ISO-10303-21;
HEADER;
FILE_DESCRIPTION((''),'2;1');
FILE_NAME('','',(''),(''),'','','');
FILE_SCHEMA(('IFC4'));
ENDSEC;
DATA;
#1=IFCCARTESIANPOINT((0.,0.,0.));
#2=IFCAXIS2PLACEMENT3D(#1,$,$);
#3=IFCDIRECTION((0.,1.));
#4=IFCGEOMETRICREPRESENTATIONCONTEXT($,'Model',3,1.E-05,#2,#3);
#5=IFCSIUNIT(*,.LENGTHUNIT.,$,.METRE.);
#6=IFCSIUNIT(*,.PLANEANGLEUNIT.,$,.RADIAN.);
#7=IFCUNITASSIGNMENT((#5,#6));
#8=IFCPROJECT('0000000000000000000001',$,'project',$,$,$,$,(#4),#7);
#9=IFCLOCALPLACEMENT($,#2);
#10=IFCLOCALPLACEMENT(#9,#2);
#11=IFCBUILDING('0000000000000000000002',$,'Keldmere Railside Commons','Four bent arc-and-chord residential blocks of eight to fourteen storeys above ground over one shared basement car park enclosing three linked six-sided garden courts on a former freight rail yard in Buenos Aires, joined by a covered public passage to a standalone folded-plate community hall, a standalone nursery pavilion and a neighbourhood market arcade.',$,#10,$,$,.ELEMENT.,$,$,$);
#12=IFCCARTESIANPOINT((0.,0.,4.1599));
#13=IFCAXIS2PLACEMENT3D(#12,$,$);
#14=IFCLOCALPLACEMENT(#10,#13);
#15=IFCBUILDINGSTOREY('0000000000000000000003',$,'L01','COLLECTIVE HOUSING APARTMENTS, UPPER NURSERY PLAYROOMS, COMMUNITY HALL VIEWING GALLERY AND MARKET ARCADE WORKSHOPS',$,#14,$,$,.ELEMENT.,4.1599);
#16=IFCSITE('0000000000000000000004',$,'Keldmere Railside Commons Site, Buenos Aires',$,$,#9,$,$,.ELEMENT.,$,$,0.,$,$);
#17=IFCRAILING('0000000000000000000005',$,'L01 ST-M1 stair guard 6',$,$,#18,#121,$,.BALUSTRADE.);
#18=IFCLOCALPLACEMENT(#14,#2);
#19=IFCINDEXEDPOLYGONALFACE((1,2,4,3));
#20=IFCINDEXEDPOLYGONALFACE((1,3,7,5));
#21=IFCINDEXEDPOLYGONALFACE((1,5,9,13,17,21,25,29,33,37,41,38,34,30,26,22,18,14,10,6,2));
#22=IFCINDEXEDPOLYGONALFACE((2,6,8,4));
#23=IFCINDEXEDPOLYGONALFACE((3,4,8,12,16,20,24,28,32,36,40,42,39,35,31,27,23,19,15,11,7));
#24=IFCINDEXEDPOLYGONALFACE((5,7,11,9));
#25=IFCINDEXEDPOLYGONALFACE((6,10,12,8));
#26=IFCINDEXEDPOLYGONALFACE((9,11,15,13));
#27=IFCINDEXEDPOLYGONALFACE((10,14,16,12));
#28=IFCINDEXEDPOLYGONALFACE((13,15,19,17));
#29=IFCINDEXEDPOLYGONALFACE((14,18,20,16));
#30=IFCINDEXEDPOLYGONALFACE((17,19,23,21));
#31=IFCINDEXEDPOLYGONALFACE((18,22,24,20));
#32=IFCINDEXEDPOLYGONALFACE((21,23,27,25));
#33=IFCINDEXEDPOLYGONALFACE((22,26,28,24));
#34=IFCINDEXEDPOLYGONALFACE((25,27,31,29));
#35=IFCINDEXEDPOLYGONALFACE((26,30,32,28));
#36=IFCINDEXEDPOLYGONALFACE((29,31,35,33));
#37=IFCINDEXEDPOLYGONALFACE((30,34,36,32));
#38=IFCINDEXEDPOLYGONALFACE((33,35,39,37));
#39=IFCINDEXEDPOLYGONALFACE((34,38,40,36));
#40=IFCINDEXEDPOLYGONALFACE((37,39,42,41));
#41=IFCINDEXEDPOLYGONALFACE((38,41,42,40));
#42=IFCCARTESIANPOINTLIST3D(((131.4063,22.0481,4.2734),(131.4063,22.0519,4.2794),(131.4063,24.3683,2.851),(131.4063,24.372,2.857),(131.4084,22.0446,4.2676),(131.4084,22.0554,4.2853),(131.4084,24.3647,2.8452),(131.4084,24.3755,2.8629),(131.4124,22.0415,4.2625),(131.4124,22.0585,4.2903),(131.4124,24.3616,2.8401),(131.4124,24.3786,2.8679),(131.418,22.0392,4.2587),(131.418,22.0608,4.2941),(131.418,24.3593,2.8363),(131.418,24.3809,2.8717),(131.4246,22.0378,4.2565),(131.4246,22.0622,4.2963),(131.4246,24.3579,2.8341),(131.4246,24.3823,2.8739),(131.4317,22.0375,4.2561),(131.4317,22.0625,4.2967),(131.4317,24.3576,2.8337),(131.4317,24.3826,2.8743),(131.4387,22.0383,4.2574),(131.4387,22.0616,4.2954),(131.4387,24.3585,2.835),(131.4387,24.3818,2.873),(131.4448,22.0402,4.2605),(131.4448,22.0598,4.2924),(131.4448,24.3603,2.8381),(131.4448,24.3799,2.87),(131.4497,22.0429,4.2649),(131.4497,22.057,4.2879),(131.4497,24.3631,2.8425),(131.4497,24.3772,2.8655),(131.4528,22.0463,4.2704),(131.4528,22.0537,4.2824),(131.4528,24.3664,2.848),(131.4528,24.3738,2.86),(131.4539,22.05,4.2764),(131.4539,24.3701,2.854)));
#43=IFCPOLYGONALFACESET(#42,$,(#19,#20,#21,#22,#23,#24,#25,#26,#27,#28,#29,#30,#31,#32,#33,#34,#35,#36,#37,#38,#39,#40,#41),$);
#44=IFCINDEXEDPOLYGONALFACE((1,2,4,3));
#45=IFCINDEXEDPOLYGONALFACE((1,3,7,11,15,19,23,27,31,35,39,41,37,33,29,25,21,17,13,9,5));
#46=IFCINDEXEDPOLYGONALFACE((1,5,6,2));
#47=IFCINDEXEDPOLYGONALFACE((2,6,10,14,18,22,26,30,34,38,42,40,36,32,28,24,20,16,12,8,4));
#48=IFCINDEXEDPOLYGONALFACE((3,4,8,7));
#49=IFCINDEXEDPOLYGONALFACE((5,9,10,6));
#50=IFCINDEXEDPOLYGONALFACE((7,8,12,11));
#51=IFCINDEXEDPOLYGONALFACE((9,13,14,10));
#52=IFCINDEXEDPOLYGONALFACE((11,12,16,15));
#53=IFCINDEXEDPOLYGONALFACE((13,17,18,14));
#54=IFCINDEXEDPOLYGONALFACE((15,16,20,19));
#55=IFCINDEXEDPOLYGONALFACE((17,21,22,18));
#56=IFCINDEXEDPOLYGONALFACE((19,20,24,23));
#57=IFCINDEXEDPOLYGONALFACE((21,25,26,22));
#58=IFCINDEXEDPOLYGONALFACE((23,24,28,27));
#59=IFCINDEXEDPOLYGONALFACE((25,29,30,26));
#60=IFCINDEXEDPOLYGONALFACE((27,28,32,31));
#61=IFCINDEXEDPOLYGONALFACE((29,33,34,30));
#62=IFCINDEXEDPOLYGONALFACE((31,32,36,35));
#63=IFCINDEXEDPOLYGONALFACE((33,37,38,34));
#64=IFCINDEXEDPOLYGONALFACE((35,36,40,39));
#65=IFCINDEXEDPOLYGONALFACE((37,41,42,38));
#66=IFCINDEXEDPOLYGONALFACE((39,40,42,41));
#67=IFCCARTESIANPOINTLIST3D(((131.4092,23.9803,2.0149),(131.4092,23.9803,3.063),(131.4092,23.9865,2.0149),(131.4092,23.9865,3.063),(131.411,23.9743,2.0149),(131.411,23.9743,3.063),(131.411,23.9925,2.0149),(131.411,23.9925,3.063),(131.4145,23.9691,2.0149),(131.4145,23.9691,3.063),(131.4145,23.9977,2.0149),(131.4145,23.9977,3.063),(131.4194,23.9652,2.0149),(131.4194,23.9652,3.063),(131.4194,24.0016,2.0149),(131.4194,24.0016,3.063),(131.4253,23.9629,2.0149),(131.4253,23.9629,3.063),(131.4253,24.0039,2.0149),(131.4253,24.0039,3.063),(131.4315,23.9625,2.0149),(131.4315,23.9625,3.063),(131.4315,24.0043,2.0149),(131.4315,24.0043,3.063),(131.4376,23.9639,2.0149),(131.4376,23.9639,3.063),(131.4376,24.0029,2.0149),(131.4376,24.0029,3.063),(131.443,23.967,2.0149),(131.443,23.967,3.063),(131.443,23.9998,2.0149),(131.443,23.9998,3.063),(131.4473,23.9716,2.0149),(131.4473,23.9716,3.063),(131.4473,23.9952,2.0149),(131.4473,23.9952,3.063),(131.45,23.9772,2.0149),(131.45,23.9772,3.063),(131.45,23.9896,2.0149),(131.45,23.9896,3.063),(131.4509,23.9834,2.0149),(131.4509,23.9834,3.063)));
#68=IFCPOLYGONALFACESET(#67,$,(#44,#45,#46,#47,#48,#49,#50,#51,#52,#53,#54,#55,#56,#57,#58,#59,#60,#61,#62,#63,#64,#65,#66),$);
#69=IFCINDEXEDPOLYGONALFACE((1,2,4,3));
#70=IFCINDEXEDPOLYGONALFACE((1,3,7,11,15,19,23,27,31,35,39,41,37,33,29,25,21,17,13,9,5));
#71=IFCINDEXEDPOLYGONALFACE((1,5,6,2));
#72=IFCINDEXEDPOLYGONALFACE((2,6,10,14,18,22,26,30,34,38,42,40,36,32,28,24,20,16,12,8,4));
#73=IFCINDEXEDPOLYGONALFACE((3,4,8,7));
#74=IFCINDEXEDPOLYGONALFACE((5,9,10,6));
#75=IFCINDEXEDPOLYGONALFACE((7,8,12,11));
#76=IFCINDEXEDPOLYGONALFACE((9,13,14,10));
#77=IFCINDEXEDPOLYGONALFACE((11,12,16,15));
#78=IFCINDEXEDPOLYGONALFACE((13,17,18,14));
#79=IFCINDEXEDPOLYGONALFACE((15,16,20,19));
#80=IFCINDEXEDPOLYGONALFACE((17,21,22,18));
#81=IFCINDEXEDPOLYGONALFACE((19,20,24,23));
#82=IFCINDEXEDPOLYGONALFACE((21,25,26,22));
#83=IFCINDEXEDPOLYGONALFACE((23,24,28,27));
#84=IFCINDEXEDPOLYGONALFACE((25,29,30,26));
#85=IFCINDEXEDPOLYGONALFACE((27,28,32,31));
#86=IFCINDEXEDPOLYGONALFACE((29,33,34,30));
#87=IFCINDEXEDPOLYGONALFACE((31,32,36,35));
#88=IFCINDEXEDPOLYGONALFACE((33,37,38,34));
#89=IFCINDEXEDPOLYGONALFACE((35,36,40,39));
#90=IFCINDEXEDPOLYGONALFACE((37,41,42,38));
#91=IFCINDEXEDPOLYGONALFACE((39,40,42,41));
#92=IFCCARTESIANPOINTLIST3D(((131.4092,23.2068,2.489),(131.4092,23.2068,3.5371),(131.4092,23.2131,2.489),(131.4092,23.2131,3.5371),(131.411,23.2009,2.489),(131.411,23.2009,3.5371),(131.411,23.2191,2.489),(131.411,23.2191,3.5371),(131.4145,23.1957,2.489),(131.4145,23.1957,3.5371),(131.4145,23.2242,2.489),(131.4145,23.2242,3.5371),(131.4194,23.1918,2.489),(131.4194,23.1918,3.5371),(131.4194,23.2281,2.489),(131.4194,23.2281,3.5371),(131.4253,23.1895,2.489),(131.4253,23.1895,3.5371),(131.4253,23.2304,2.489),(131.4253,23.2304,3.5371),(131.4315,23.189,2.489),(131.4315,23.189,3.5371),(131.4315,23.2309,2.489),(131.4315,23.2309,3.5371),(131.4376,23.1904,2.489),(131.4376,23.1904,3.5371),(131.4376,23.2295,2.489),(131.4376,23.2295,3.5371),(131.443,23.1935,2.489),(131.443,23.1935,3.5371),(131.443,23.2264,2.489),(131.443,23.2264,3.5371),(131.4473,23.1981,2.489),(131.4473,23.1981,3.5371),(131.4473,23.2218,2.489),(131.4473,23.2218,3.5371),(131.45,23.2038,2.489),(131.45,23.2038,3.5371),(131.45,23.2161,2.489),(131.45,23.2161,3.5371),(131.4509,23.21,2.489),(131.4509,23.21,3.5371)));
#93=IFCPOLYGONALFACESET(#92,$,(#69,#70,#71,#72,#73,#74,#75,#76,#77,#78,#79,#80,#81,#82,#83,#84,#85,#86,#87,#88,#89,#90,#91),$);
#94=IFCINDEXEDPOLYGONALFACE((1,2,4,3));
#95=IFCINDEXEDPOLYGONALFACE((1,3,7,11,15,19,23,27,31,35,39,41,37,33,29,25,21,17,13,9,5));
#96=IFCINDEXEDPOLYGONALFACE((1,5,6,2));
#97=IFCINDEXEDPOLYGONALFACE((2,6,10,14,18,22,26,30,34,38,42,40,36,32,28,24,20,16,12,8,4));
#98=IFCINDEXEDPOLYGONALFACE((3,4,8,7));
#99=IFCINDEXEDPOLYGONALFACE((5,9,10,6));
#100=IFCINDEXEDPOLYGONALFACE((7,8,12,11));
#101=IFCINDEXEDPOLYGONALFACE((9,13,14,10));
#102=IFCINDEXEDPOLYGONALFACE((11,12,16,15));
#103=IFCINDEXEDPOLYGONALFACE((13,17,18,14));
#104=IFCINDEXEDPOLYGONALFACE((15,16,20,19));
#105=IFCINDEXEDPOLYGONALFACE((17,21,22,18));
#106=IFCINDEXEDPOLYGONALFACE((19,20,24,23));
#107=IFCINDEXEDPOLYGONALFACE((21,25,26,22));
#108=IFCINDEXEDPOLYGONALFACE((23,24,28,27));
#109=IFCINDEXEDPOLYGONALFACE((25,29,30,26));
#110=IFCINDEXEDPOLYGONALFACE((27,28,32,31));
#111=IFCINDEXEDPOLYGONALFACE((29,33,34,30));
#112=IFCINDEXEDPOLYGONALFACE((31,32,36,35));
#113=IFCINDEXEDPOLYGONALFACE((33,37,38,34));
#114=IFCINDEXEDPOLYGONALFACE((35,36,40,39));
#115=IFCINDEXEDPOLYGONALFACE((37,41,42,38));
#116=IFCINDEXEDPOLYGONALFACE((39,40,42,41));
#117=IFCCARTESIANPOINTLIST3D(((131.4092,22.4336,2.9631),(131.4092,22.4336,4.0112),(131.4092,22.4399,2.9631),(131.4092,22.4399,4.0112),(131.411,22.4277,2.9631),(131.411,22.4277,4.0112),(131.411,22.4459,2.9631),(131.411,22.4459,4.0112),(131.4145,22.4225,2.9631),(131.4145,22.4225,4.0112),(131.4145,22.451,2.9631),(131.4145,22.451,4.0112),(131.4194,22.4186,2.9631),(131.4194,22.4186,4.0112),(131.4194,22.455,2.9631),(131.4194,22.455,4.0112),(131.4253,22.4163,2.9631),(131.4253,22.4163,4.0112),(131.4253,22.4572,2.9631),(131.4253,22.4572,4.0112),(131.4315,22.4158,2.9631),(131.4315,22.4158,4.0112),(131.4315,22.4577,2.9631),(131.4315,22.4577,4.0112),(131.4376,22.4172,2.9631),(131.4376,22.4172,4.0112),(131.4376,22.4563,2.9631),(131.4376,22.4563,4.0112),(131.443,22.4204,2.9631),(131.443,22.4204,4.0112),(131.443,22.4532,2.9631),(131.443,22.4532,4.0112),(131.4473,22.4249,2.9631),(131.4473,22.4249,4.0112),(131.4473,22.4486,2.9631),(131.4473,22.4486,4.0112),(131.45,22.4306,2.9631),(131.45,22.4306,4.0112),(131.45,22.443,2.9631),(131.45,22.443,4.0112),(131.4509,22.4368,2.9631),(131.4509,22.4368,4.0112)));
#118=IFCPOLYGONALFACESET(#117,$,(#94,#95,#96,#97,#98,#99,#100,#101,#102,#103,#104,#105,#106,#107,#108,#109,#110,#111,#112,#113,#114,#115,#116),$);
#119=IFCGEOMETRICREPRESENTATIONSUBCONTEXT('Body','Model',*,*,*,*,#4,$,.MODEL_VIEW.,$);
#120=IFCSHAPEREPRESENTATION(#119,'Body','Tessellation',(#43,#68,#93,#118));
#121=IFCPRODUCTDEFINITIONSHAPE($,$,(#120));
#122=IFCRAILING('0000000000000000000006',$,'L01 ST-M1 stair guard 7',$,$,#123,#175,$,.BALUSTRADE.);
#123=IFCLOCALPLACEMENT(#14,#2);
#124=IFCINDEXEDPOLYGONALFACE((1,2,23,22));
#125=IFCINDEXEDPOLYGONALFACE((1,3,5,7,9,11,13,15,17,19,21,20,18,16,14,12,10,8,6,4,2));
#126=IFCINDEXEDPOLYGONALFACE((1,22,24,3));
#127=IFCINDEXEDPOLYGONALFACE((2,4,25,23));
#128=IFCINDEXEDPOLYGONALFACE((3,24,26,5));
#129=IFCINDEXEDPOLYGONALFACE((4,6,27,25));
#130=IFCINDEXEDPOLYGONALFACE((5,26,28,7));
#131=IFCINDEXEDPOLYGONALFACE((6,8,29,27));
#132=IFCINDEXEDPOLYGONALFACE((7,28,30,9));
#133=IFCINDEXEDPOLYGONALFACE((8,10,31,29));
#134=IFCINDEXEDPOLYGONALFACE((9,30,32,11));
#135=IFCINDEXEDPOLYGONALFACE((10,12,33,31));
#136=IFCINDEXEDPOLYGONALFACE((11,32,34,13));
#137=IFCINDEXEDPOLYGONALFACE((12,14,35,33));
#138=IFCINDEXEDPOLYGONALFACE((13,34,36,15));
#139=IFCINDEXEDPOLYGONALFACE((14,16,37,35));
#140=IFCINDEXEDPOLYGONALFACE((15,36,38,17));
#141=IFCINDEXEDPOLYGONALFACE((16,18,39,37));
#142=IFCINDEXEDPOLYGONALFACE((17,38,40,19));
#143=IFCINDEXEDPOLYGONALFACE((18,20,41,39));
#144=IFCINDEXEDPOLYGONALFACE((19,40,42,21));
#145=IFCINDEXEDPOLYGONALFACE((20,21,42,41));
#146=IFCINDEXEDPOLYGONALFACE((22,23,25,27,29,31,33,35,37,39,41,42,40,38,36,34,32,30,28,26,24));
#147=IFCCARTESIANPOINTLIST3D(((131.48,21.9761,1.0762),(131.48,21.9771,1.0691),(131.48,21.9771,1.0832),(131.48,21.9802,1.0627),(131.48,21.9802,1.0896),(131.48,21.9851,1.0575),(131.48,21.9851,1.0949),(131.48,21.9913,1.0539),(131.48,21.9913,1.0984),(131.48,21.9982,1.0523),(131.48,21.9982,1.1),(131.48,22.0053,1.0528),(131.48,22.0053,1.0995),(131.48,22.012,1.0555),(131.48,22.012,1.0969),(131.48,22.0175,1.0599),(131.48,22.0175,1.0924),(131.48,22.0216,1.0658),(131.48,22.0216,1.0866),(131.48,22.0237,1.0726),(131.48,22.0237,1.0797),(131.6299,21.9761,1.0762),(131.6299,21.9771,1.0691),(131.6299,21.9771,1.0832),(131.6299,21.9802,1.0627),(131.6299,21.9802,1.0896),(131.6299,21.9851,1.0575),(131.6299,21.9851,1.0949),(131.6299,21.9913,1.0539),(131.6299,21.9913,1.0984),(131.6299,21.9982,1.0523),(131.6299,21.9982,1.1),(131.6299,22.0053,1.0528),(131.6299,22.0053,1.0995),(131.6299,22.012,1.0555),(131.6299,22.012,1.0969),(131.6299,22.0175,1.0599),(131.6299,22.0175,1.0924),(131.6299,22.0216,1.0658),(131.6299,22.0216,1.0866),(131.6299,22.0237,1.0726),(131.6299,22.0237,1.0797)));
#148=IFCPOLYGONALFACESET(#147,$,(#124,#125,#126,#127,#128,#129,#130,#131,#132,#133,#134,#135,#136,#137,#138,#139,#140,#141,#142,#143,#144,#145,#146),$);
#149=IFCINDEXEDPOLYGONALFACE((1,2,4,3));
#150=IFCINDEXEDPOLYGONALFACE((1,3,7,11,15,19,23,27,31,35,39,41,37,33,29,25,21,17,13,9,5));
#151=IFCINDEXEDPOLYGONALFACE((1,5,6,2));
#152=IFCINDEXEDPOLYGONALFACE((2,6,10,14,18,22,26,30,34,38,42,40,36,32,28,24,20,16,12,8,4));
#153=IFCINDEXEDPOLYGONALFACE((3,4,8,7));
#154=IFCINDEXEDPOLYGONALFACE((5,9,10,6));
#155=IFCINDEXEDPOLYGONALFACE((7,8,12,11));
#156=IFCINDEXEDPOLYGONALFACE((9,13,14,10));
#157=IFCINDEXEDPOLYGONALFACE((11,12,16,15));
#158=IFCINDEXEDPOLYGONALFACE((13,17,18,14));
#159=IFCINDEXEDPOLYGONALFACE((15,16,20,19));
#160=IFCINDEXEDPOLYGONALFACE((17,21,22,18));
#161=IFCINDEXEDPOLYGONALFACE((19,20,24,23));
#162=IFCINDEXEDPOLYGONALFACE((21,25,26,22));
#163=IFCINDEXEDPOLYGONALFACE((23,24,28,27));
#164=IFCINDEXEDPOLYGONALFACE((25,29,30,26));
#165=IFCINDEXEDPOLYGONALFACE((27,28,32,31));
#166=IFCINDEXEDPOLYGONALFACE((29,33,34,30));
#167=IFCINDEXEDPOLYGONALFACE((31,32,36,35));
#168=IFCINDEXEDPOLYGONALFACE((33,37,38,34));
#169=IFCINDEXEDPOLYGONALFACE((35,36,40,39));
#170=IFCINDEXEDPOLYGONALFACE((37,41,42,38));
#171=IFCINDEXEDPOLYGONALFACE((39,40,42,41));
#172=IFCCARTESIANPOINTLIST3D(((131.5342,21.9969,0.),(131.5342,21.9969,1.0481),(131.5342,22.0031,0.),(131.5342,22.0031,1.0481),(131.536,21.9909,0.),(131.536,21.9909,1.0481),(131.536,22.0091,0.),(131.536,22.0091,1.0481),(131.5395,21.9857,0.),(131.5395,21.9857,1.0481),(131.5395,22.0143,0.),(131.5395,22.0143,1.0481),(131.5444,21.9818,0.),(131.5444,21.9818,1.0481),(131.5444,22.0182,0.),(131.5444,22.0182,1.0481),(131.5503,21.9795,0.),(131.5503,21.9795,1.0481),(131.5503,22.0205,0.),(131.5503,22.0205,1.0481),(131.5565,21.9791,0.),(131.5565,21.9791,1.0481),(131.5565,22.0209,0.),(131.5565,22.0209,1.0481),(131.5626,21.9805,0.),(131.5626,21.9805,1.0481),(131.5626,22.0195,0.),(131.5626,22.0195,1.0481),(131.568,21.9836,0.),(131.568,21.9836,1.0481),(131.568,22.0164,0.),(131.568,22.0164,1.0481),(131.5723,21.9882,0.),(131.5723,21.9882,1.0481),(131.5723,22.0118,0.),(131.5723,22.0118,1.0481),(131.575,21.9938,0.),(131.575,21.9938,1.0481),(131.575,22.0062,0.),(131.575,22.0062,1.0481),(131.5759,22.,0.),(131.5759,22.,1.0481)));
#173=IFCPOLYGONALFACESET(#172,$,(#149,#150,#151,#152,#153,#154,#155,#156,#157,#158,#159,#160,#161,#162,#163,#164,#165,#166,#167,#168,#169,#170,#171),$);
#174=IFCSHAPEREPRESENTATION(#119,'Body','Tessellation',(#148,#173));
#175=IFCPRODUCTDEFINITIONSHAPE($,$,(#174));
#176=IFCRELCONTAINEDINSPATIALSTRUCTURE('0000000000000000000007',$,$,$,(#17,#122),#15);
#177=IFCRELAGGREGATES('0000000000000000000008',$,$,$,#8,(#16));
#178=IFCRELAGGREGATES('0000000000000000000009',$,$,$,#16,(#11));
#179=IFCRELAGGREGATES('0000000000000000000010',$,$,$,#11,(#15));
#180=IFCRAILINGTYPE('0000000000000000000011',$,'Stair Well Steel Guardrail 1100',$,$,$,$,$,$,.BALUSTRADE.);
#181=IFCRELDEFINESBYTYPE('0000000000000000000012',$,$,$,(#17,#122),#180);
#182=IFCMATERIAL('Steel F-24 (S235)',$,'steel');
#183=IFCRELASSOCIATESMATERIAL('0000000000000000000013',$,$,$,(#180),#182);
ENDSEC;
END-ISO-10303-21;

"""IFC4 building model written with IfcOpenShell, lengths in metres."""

from ifc_helpers import new_model, si_unit, direction, frame, origin, origin_2d, place, context, subcontext, project, spatial, circle, extrude, material, type_object, element, save


model = new_model("IFC4")

# Units and contexts
model_context = context("Model", 3, precision=1e-05, world=origin(), true_north=direction((0.0, 1.0)))
body_context = subcontext(model_context, "Body", "Model", "MODEL_VIEW")
ifc_project = project(units=[si_unit("LENGTHUNIT", "METRE"), si_unit("PLANEANGLEUNIT", "RADIAN")], contexts=[model_context])

# Site, building, storey
site_placement = place(None, origin())
site = spatial("IfcSite", under=ifc_project, at=site_placement, Name="Keldmere Railside Commons Site, Buenos Aires", CompositionType="ELEMENT", RefElevation=0.0)
building_placement = place(site_placement, origin())
building = spatial("IfcBuilding", under=site, at=building_placement, Name="Keldmere Railside Commons", Description="Four bent arc-and-chord residential blocks of eight to fourteen storeys above ground over one shared basement car park enclosing three linked six-sided garden courts on a former freight rail yard in Buenos Aires, joined by a covered public passage to a standalone folded-plate community hall, a standalone nursery pavilion and a neighbourhood market arcade.", CompositionType="ELEMENT")
storey_placement = place(building_placement, frame((0.0, 0.0, 4.1599)))
storey = spatial("IfcBuildingStorey", under=building, at=storey_placement, Name="L01", Description="COLLECTIVE HOUSING APARTMENTS, UPPER NURSERY PLAYROOMS, COMMUNITY HALL VIEWING GALLERY AND MARKET ARCADE WORKSHOPS", CompositionType="ELEMENT", Elevation=4.1599)

# Shared definitions
ifc_material_1 = material(Name="Steel F-24 (S235)", Category="steel")

# Railings
railing_type_1 = type_object("IfcRailingType", Name="Stair Well Steel Guardrail 1100", PredefinedType="BALUSTRADE", material=ifc_material_1)
railing_1_placement = place(storey_placement, frame((131.4299, 24.3701, 1.7778)))
element("IfcRailing", 1, at=railing_1_placement, inside=storey, type_object=railing_type_1, Name="L01 ST-M1 stair guard 6", PredefinedType="BALUSTRADE", context=body_context, shape_type="SweptSolid", body=[
    extrude(circle(Radius=0.0239, at=origin_2d()), frame((0.0, 0.0, 1.0762), z_axis=(0.0, -0.852538, 0.522665), x_axis=(1.0, 0.0, 0.0)), (0.0, 0.0, 1.0), 2.7214),
    extrude(circle(Radius=0.021, at=origin_2d()), frame((0.0, -0.3867, 0.2371)), (0.0, 0.0, 1.0), 1.0481),
    extrude(circle(Radius=0.021, at=origin_2d()), frame((0.0, -1.1602, 0.7112)), (0.0, 0.0, 1.0), 1.0481),
    extrude(circle(Radius=0.021, at=origin_2d()), frame((0.0, -1.9333, 1.1853)), (0.0, 0.0, 1.0), 1.0481),
])
railing_2_placement = place(storey_placement, frame((131.6299, 22.0, 0.0)))
element("IfcRailing", 2, at=railing_2_placement, inside=storey, type_object=railing_type_1, Name="L01 ST-M1 stair guard 7", PredefinedType="BALUSTRADE", context=body_context, shape_type="SweptSolid", body=[
    extrude(circle(Radius=0.0239, at=origin_2d()), frame((0.0, 0.0, 1.0762), z_axis=(-1.0, 0.0, 0.0), x_axis=(0.0, -1.0, 0.0)), (0.0, 0.0, 1.0), 0.1499),
    extrude(circle(Radius=0.021, at=origin_2d()), frame((-0.075, 0.0, 0.0)), (0.0, 0.0, 1.0), 1.0481),
])

save(model, "model.ifc")
